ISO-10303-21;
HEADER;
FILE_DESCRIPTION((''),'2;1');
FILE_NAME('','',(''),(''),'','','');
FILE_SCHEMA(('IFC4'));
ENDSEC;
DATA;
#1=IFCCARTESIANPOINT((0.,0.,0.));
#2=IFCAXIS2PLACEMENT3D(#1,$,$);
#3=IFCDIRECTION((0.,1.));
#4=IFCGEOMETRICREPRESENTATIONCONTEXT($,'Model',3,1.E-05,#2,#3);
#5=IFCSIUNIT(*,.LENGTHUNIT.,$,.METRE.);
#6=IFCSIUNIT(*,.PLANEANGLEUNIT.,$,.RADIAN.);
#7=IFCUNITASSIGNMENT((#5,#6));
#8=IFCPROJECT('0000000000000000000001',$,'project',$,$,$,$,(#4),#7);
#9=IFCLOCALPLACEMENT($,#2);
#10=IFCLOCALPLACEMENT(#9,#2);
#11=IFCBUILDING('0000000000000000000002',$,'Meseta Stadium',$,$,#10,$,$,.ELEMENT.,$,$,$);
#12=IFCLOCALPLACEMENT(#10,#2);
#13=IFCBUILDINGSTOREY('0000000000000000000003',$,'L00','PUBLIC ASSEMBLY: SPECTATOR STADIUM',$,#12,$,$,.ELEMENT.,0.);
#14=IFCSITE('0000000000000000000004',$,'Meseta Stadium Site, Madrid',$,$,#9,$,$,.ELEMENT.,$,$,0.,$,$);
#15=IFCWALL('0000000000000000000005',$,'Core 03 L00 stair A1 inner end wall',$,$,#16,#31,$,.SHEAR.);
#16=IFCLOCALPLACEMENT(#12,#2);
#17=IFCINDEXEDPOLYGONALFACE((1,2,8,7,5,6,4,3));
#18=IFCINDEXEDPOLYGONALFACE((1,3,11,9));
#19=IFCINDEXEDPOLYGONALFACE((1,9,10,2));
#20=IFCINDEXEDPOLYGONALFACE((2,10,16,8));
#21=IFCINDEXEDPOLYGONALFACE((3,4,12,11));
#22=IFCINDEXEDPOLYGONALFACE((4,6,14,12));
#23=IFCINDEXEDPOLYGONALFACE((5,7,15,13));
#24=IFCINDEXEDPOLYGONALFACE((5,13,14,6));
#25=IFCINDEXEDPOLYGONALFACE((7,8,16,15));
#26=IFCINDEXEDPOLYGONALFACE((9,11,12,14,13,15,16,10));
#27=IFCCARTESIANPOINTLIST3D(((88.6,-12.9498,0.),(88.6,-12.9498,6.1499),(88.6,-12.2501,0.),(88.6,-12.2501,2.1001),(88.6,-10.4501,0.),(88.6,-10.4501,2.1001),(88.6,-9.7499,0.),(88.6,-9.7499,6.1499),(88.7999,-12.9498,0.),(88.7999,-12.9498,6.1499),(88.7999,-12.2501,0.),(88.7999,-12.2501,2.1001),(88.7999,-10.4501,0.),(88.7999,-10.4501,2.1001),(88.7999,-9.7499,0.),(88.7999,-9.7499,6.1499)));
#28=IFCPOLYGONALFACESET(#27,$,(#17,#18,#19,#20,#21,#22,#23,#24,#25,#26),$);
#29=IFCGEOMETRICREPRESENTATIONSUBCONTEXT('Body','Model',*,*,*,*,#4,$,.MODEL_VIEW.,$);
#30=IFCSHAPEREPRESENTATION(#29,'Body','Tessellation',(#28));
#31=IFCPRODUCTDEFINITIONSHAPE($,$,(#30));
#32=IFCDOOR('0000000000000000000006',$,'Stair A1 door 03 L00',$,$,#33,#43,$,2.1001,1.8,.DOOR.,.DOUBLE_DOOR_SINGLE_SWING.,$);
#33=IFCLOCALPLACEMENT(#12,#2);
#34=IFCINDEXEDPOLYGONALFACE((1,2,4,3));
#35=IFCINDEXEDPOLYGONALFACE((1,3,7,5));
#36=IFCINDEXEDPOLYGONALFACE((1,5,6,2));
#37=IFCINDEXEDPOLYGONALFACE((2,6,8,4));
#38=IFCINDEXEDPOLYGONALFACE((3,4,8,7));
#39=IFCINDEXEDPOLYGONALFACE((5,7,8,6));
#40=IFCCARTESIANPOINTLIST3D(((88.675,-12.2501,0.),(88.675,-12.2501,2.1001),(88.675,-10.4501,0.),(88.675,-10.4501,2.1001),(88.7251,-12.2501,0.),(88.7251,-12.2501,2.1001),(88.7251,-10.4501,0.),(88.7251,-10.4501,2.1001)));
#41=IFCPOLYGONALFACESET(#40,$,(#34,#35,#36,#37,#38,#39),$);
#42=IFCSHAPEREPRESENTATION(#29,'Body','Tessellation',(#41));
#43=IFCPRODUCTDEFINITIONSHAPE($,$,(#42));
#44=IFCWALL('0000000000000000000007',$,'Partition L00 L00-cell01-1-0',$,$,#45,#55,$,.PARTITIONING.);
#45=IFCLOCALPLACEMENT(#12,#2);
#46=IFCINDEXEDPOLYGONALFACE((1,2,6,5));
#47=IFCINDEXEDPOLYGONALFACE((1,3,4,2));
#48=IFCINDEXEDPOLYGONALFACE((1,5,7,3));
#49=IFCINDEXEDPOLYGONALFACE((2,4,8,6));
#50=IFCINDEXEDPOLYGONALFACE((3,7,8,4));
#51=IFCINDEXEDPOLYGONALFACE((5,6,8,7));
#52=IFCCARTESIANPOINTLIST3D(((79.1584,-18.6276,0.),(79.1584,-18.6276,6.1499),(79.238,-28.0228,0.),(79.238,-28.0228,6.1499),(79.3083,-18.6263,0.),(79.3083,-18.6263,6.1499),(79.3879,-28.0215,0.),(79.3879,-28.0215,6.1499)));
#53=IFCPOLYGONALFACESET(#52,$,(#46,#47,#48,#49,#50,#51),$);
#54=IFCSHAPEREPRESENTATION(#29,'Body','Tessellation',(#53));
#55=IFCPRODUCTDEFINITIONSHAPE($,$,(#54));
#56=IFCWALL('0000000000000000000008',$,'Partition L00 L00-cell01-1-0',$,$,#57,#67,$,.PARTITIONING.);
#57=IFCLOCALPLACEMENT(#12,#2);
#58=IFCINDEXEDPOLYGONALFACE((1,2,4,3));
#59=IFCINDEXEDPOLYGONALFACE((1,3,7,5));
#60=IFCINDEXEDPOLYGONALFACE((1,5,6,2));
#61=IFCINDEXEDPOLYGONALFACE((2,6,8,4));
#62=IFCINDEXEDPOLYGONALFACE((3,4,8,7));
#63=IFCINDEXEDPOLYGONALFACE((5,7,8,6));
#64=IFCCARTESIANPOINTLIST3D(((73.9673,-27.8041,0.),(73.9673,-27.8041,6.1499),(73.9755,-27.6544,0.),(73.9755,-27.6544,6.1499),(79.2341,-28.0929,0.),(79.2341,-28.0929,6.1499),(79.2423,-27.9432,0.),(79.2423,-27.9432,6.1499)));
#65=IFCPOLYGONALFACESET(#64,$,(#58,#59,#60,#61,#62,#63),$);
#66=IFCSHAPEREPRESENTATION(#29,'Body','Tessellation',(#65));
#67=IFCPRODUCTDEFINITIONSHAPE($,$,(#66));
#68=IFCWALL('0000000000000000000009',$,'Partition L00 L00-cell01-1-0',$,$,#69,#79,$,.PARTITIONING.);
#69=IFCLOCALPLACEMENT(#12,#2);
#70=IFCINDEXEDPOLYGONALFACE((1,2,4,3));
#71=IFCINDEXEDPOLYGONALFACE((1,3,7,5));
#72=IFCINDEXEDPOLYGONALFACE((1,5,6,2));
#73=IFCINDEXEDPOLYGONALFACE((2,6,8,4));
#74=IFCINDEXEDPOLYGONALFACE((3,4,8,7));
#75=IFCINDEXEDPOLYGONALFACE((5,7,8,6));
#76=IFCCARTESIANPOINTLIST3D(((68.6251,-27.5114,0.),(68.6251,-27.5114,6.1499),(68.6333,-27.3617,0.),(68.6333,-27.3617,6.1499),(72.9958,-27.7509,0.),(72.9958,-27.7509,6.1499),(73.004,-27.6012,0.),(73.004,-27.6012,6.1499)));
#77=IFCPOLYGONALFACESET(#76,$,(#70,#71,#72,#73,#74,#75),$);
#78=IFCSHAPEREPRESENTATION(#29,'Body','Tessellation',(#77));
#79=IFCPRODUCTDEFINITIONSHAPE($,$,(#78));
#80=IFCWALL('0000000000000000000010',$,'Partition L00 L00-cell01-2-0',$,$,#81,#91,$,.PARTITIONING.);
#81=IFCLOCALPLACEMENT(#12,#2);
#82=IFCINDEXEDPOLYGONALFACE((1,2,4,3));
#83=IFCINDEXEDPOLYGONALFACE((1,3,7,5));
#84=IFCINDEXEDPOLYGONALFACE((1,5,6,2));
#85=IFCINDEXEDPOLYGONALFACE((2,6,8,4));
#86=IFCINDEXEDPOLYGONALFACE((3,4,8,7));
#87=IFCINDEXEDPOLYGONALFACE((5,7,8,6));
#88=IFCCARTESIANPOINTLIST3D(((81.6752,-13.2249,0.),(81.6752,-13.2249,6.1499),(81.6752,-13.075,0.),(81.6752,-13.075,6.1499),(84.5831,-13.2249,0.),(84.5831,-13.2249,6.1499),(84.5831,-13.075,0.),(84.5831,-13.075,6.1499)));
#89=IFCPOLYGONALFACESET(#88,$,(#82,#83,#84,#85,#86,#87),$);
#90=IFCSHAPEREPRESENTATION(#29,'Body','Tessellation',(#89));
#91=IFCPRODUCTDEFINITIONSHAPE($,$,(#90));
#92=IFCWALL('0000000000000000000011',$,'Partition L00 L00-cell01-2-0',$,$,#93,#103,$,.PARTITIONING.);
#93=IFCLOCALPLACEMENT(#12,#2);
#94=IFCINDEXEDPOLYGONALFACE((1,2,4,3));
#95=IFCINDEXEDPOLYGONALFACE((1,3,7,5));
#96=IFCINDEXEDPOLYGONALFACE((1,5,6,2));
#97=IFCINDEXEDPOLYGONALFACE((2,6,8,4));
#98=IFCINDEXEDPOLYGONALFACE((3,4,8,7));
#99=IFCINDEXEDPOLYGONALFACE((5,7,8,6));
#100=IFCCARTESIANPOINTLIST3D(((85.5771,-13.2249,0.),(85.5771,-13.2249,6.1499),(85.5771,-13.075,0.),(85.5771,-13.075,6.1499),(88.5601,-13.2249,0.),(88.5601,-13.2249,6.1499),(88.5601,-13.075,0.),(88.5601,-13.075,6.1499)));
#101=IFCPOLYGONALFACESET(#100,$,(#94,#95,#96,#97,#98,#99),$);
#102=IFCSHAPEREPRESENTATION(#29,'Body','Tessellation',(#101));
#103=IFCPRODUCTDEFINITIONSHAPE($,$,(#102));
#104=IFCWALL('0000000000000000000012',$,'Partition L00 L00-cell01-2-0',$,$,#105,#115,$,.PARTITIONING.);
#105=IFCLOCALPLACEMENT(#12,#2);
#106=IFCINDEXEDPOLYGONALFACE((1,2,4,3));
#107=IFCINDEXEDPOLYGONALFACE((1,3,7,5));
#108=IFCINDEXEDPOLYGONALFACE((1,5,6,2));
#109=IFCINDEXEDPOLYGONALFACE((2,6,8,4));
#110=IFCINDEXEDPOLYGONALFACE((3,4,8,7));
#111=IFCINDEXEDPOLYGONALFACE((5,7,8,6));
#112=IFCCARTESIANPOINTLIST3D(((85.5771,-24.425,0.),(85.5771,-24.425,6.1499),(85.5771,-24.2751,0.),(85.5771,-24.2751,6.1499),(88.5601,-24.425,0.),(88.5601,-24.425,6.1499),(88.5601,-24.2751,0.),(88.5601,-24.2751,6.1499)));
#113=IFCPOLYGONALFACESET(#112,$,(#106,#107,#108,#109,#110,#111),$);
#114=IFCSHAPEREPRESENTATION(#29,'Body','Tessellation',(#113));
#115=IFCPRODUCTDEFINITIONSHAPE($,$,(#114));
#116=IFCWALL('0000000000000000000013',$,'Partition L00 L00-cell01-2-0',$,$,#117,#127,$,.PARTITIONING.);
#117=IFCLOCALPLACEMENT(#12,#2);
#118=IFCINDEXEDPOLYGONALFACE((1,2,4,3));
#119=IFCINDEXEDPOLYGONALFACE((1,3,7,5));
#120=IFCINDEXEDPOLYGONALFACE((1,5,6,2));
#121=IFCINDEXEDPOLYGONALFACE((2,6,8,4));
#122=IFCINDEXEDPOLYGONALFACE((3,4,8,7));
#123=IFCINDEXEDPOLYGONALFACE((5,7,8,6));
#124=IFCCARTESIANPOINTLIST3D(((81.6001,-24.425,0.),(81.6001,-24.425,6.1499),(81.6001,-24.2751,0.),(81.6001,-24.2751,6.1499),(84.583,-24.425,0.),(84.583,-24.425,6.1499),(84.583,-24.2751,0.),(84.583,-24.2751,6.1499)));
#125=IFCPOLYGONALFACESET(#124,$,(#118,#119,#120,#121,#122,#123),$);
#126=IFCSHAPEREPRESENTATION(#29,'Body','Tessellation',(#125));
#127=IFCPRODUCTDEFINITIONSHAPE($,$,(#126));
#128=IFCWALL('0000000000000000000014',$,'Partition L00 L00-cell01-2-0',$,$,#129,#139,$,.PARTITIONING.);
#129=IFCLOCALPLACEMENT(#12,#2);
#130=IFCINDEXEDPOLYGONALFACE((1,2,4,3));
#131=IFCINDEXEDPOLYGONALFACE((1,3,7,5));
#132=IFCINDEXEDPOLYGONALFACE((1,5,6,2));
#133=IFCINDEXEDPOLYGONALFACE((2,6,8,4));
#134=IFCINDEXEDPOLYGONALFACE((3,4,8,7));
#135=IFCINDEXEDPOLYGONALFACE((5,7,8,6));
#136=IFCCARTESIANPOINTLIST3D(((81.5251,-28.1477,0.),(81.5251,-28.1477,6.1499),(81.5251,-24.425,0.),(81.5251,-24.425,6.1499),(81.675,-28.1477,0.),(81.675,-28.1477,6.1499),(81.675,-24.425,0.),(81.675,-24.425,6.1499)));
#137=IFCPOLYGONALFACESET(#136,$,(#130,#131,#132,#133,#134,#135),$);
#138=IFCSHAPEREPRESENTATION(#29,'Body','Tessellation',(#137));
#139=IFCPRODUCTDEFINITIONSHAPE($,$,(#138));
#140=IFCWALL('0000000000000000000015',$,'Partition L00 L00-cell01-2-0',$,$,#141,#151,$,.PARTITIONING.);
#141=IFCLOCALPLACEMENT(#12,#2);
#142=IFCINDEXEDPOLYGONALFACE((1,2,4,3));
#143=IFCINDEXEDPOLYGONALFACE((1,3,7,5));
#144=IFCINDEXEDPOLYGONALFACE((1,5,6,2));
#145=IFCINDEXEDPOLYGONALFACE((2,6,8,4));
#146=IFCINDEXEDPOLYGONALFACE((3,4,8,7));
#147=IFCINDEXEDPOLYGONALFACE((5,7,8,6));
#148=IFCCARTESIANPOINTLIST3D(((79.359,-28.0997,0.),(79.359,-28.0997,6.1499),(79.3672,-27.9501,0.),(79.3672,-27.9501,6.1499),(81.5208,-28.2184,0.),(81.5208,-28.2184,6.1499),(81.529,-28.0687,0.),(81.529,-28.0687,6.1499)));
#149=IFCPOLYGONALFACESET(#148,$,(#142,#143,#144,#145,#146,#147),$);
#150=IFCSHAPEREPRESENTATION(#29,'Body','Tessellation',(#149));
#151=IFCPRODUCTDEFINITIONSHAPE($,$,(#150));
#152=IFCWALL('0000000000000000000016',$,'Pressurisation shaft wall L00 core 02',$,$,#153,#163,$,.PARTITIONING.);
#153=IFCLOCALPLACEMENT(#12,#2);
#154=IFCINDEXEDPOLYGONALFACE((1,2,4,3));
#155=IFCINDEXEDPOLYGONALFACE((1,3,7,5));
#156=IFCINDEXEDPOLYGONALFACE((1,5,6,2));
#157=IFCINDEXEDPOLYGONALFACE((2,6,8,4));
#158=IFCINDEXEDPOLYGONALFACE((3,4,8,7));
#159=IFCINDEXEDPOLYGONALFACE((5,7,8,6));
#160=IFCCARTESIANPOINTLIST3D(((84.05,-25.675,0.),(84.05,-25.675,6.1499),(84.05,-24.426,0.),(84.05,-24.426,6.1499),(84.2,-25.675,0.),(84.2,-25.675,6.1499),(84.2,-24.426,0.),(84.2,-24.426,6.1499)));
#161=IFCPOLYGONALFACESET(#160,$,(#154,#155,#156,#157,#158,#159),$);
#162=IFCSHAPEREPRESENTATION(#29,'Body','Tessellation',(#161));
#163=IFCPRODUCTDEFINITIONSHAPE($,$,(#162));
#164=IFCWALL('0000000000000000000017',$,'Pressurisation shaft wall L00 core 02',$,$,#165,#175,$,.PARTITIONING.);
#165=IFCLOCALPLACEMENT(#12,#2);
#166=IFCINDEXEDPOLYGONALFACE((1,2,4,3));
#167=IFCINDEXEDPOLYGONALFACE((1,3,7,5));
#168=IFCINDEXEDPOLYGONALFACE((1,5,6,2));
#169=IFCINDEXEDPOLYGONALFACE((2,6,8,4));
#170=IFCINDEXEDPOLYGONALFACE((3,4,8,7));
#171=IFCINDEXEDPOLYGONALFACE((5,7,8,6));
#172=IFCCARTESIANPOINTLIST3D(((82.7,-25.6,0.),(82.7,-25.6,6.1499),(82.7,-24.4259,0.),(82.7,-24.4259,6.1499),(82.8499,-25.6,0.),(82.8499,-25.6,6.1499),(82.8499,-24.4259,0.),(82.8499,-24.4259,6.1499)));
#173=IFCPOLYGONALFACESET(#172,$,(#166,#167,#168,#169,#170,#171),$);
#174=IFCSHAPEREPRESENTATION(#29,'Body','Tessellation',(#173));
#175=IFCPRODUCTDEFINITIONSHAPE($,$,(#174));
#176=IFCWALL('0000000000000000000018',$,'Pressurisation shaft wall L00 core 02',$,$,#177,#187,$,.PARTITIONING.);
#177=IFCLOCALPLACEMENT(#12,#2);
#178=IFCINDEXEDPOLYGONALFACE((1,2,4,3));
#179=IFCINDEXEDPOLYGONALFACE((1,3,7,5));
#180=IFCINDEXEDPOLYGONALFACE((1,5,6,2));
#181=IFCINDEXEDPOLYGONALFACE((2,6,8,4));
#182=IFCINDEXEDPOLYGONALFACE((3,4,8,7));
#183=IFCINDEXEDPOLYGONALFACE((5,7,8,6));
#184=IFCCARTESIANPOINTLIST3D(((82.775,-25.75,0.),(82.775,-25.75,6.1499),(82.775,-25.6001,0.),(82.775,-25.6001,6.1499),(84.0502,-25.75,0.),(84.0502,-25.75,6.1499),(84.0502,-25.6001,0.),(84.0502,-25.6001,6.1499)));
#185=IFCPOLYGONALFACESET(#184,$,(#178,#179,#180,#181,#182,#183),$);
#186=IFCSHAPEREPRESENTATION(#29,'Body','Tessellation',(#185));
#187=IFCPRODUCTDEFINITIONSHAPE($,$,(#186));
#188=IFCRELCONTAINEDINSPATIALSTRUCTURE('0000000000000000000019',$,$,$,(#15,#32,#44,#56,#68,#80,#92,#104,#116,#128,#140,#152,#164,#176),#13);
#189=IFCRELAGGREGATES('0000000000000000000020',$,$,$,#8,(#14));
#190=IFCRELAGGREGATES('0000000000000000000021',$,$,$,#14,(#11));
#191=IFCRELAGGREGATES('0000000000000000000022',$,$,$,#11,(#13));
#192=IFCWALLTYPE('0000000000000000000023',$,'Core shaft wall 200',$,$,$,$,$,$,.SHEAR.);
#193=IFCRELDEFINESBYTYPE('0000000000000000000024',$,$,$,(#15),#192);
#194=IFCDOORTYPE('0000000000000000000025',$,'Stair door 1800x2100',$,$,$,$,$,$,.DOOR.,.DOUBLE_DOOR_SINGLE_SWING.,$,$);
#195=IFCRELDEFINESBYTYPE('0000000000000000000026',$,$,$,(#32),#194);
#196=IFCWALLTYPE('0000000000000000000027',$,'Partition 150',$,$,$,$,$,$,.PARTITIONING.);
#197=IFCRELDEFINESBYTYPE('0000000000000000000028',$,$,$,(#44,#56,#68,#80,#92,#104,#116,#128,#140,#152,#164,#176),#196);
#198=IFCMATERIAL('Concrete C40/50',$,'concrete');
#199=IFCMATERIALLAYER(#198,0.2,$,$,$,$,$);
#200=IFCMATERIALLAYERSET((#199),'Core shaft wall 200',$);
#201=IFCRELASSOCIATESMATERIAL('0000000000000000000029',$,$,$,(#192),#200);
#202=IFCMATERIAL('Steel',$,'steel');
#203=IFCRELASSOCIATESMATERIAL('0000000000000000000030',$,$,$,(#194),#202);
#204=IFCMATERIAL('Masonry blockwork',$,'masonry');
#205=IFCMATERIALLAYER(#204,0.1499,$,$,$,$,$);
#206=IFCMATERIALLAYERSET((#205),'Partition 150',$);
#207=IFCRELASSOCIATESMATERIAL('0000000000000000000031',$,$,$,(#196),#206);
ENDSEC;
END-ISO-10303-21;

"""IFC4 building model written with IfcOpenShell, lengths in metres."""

from ifc_helpers import new_model, si_unit, direction, frame, frame_2d, origin, place, context, subcontext, project, spatial, rectangle, extrude, material, layer, layer_set, type_object, element, fill, save


model = new_model("IFC4")

# Units and contexts
model_context = context("Model", 3, precision=1e-05, world=origin(), true_north=direction((0.0, 1.0)))
body_context = subcontext(model_context, "Body", "Model", "MODEL_VIEW")
ifc_project = project(units=[si_unit("LENGTHUNIT", "METRE"), si_unit("PLANEANGLEUNIT", "RADIAN")], contexts=[model_context])

# Site, building, storey
site_placement = place(None, origin())
site = spatial("IfcSite", under=ifc_project, at=site_placement, Name="Meseta Stadium Site, Madrid", CompositionType="ELEMENT", RefElevation=0.0)
building_placement = place(site_placement, origin())
building = spatial("IfcBuilding", under=site, at=building_placement, Name="Meseta Stadium", CompositionType="ELEMENT")
storey_placement = place(building_placement, origin())
storey = spatial("IfcBuildingStorey", under=building, at=storey_placement, Name="L00", Description="PUBLIC ASSEMBLY: SPECTATOR STADIUM", CompositionType="ELEMENT", Elevation=0.0)

# Wall, opening, door
ifc_material_1 = material(Name="Concrete C40/50", Category="concrete")
ifc_layer_1 = layer(ifc_material_1, 0.2)
ifc_layer_set_1 = layer_set([ifc_layer_1], Name="Core shaft wall 200")
wall_type_1 = type_object("IfcWallType", Name="Core shaft wall 200", PredefinedType="SHEAR", material=ifc_layer_set_1)
ifc_material_2 = material(Name="Steel", Category="steel")
door_type = type_object("IfcDoorType", Name="Stair door 1800x2100", OperationType="DOUBLE_DOOR_SINGLE_SWING", PredefinedType="DOOR", material=ifc_material_2)
wall_1_placement = place(storey_placement, frame((88.7, -12.95, 0.0), z_axis=(0.0, 0.0, 1.0), x_axis=(0.0, 1.0, 0.0)))
wall_1 = element("IfcWall", 1, at=wall_1_placement, inside=storey, type_object=wall_type_1, Name="Core 03 L00 stair A1 inner end wall", PredefinedType="SHEAR", context=body_context, shape_type="SweptSolid", body=[
    extrude(rectangle(XDim=3.2, YDim=0.2, at=frame_2d((1.6001, 0.0))), origin(), (0.0, 0.0, 1.0), 6.1499),
])
opening_1_placement = place(wall_1_placement, frame((0.7, 0.0, 0.0)))
opening_1 = element("IfcOpeningElement", 2, at=opening_1_placement, cuts=wall_1, PredefinedType="OPENING", context=body_context, shape_type="SweptSolid", body=[
    extrude(rectangle(XDim=1.8, YDim=2.1001, at=frame_2d((0.8999, 1.05))), frame((0.0, 0.1099, 0.0), z_axis=(0.0, -1.0, 0.0), x_axis=(1.0, 0.0, 0.0)), (0.0, 0.0, 1.0), 0.22),
])
door_1_placement = place(opening_1_placement, origin())
door_1 = element("IfcDoor", 3, at=door_1_placement, inside=storey, type_object=door_type, Name="Stair A1 door 03 L00", OperationType="DOUBLE_DOOR_SINGLE_SWING", OverallHeight=2.1001, OverallWidth=1.8, PredefinedType="DOOR", context=body_context, shape_type="SweptSolid", body=[
    extrude(rectangle(XDim=1.8, YDim=2.1001, at=frame_2d((0.8999, 1.05))), frame((0.0, 0.0249, 0.0), z_axis=(0.0, -1.0, 0.0), x_axis=(1.0, 0.0, 0.0)), (0.0, 0.0, 1.0), 0.05),
])
fill(opening_1, door_1)

# Walls
ifc_material_3 = material(Name="Masonry blockwork", Category="masonry")
ifc_layer_2 = layer(ifc_material_3, 0.1499)
ifc_layer_set_2 = layer_set([ifc_layer_2], Name="Partition 150")
wall_type_2 = type_object("IfcWallType", Name="Partition 150", PredefinedType="PARTITIONING", material=ifc_layer_set_2)
wall_2_placement = place(storey_placement, frame((79.2334, -18.627, 0.0), z_axis=(0.0, 0.0, 1.0), x_axis=(0.008471, -0.999964, 0.0)))
element("IfcWall", 4, at=wall_2_placement, inside=storey, type_object=wall_type_2, Name="Partition L00 L00-cell01-1-0", PredefinedType="PARTITIONING", context=body_context, shape_type="SweptSolid", body=[
    extrude(rectangle(XDim=9.3955, YDim=0.1499, at=frame_2d((4.6978, 0.0))), origin(), (0.0, 0.0, 1.0), 6.1499),
])
wall_3_placement = place(storey_placement, frame((79.238, -28.0181, 0.0), z_axis=(0.0, 0.0, 1.0), x_axis=(-0.9985, 0.054755, 0.0)))
element("IfcWall", 5, at=wall_3_placement, inside=storey, type_object=wall_type_2, Name="Partition L00 L00-cell01-1-0", PredefinedType="PARTITIONING", context=body_context, shape_type="SweptSolid", body=[
    extrude(rectangle(XDim=5.2747, YDim=0.1499, at=frame_2d((2.6372, 0.0))), origin(), (0.0, 0.0, 1.0), 6.1499),
])
wall_4_placement = place(storey_placement, frame((72.9998, -27.676, 0.0), z_axis=(0.0, 0.0, 1.0), x_axis=(-0.998502, 0.054716, 0.0)))
element("IfcWall", 6, at=wall_4_placement, inside=storey, type_object=wall_type_2, Name="Partition L00 L00-cell01-1-0", PredefinedType="PARTITIONING", context=body_context, shape_type="SweptSolid", body=[
    extrude(rectangle(XDim=4.3772, YDim=0.1499, at=frame_2d((2.1885, 0.0))), origin(), (0.0, 0.0, 1.0), 6.1499),
])
wall_5_placement = place(storey_placement, frame((81.675, -13.1499, 0.0), z_axis=(0.0, 0.0, 1.0), x_axis=(1.0, 0.0, 0.0)))
element("IfcWall", 7, at=wall_5_placement, inside=storey, type_object=wall_type_2, Name="Partition L00 L00-cell01-2-0", PredefinedType="PARTITIONING", context=body_context, shape_type="SweptSolid", body=[
    extrude(rectangle(XDim=2.908, YDim=0.1499, at=frame_2d((1.4541, 0.0))), origin(), (0.0, 0.0, 1.0), 6.1499),
])
for number, where, z_axis, x_axis, name in (
    (8, (85.5771, -13.1499, 0.0), (0.0, 0.0, 1.0), (1.0, 0.0, 0.0), "Partition L00 L00-cell01-2-0"),
    (9, (88.5601, -24.3501, 0.0), (0.0, 0.0, 1.0), (-1.0, 0.0, 0.0), "Partition L00 L00-cell01-2-0"),
    (10, (84.583, -24.3501, 0.0), (0.0, 0.0, 1.0), (-1.0, 0.0, 0.0), "Partition L00 L00-cell01-2-0"),
):
    element("IfcWall", number, at=place(storey_placement, frame(where, z_axis=z_axis, x_axis=x_axis)), inside=storey, type_object=wall_type_2, Name=name, PredefinedType="PARTITIONING", context=body_context, shape_type="SweptSolid", body=[
        extrude(rectangle(XDim=2.9829, YDim=0.1499, at=frame_2d((1.4915, 0.0))), origin(), (0.0, 0.0, 1.0), 6.1499),
    ])
wall_6_placement = place(storey_placement, frame((81.6001, -24.425, 0.0), z_axis=(0.0, 0.0, 1.0), x_axis=(0.0, -1.0, 0.0)))
element("IfcWall", 11, at=wall_6_placement, inside=storey, type_object=wall_type_2, Name="Partition L00 L00-cell01-2-0", PredefinedType="PARTITIONING", context=body_context, shape_type="SweptSolid", body=[
    extrude(rectangle(XDim=3.7227, YDim=0.1499, at=frame_2d((1.8613, 0.0))), origin(), (0.0, 0.0, 1.0), 6.1499),
])
wall_7_placement = place(storey_placement, frame((81.5249, -28.1436, 0.0), z_axis=(0.0, 0.0, 1.0), x_axis=(-0.998497, 0.054802, 0.0)))
element("IfcWall", 12, at=wall_7_placement, inside=storey, type_object=wall_type_2, Name="Partition L00 L00-cell01-2-0", PredefinedType="PARTITIONING", context=body_context, shape_type="SweptSolid", body=[
    extrude(rectangle(XDim=2.165, YDim=0.1499, at=frame_2d((1.0825, 0.0))), origin(), (0.0, 0.0, 1.0), 6.1499),
])
wall_8_placement = place(storey_placement, frame((84.125, -25.675, 0.0), z_axis=(0.0, 0.0, 1.0), x_axis=(0.0, 1.0, 0.0)))
element("IfcWall", 13, at=wall_8_placement, inside=storey, type_object=wall_type_2, Name="Pressurisation shaft wall L00 core 02", PredefinedType="PARTITIONING", context=body_context, shape_type="SweptSolid", body=[
    extrude(rectangle(XDim=1.249, YDim=0.1499, at=frame_2d((0.6245, 0.0))), origin(), (0.0, 0.0, 1.0), 6.1499),
])
wall_9_placement = place(storey_placement, frame((82.7749, -24.426, 0.0), z_axis=(0.0, 0.0, 1.0), x_axis=(0.0, -1.0, 0.0)))
element("IfcWall", 14, at=wall_9_placement, inside=storey, type_object=wall_type_2, Name="Pressurisation shaft wall L00 core 02", PredefinedType="PARTITIONING", context=body_context, shape_type="SweptSolid", body=[
    extrude(rectangle(XDim=1.1741, YDim=0.1499, at=frame_2d((0.5869, 0.0))), origin(), (0.0, 0.0, 1.0), 6.1499),
])
wall_10_placement = place(storey_placement, frame((82.7749, -25.675, 0.0), z_axis=(0.0, 0.0, 1.0), x_axis=(1.0, 0.0, 0.0)))
element("IfcWall", 15, at=wall_10_placement, inside=storey, type_object=wall_type_2, Name="Pressurisation shaft wall L00 core 02", PredefinedType="PARTITIONING", context=body_context, shape_type="SweptSolid", body=[
    extrude(rectangle(XDim=1.2751, YDim=0.1499, at=frame_2d((0.6377, 0.0))), origin(), (0.0, 0.0, 1.0), 6.1499),
])

save(model, "model.ifc")
